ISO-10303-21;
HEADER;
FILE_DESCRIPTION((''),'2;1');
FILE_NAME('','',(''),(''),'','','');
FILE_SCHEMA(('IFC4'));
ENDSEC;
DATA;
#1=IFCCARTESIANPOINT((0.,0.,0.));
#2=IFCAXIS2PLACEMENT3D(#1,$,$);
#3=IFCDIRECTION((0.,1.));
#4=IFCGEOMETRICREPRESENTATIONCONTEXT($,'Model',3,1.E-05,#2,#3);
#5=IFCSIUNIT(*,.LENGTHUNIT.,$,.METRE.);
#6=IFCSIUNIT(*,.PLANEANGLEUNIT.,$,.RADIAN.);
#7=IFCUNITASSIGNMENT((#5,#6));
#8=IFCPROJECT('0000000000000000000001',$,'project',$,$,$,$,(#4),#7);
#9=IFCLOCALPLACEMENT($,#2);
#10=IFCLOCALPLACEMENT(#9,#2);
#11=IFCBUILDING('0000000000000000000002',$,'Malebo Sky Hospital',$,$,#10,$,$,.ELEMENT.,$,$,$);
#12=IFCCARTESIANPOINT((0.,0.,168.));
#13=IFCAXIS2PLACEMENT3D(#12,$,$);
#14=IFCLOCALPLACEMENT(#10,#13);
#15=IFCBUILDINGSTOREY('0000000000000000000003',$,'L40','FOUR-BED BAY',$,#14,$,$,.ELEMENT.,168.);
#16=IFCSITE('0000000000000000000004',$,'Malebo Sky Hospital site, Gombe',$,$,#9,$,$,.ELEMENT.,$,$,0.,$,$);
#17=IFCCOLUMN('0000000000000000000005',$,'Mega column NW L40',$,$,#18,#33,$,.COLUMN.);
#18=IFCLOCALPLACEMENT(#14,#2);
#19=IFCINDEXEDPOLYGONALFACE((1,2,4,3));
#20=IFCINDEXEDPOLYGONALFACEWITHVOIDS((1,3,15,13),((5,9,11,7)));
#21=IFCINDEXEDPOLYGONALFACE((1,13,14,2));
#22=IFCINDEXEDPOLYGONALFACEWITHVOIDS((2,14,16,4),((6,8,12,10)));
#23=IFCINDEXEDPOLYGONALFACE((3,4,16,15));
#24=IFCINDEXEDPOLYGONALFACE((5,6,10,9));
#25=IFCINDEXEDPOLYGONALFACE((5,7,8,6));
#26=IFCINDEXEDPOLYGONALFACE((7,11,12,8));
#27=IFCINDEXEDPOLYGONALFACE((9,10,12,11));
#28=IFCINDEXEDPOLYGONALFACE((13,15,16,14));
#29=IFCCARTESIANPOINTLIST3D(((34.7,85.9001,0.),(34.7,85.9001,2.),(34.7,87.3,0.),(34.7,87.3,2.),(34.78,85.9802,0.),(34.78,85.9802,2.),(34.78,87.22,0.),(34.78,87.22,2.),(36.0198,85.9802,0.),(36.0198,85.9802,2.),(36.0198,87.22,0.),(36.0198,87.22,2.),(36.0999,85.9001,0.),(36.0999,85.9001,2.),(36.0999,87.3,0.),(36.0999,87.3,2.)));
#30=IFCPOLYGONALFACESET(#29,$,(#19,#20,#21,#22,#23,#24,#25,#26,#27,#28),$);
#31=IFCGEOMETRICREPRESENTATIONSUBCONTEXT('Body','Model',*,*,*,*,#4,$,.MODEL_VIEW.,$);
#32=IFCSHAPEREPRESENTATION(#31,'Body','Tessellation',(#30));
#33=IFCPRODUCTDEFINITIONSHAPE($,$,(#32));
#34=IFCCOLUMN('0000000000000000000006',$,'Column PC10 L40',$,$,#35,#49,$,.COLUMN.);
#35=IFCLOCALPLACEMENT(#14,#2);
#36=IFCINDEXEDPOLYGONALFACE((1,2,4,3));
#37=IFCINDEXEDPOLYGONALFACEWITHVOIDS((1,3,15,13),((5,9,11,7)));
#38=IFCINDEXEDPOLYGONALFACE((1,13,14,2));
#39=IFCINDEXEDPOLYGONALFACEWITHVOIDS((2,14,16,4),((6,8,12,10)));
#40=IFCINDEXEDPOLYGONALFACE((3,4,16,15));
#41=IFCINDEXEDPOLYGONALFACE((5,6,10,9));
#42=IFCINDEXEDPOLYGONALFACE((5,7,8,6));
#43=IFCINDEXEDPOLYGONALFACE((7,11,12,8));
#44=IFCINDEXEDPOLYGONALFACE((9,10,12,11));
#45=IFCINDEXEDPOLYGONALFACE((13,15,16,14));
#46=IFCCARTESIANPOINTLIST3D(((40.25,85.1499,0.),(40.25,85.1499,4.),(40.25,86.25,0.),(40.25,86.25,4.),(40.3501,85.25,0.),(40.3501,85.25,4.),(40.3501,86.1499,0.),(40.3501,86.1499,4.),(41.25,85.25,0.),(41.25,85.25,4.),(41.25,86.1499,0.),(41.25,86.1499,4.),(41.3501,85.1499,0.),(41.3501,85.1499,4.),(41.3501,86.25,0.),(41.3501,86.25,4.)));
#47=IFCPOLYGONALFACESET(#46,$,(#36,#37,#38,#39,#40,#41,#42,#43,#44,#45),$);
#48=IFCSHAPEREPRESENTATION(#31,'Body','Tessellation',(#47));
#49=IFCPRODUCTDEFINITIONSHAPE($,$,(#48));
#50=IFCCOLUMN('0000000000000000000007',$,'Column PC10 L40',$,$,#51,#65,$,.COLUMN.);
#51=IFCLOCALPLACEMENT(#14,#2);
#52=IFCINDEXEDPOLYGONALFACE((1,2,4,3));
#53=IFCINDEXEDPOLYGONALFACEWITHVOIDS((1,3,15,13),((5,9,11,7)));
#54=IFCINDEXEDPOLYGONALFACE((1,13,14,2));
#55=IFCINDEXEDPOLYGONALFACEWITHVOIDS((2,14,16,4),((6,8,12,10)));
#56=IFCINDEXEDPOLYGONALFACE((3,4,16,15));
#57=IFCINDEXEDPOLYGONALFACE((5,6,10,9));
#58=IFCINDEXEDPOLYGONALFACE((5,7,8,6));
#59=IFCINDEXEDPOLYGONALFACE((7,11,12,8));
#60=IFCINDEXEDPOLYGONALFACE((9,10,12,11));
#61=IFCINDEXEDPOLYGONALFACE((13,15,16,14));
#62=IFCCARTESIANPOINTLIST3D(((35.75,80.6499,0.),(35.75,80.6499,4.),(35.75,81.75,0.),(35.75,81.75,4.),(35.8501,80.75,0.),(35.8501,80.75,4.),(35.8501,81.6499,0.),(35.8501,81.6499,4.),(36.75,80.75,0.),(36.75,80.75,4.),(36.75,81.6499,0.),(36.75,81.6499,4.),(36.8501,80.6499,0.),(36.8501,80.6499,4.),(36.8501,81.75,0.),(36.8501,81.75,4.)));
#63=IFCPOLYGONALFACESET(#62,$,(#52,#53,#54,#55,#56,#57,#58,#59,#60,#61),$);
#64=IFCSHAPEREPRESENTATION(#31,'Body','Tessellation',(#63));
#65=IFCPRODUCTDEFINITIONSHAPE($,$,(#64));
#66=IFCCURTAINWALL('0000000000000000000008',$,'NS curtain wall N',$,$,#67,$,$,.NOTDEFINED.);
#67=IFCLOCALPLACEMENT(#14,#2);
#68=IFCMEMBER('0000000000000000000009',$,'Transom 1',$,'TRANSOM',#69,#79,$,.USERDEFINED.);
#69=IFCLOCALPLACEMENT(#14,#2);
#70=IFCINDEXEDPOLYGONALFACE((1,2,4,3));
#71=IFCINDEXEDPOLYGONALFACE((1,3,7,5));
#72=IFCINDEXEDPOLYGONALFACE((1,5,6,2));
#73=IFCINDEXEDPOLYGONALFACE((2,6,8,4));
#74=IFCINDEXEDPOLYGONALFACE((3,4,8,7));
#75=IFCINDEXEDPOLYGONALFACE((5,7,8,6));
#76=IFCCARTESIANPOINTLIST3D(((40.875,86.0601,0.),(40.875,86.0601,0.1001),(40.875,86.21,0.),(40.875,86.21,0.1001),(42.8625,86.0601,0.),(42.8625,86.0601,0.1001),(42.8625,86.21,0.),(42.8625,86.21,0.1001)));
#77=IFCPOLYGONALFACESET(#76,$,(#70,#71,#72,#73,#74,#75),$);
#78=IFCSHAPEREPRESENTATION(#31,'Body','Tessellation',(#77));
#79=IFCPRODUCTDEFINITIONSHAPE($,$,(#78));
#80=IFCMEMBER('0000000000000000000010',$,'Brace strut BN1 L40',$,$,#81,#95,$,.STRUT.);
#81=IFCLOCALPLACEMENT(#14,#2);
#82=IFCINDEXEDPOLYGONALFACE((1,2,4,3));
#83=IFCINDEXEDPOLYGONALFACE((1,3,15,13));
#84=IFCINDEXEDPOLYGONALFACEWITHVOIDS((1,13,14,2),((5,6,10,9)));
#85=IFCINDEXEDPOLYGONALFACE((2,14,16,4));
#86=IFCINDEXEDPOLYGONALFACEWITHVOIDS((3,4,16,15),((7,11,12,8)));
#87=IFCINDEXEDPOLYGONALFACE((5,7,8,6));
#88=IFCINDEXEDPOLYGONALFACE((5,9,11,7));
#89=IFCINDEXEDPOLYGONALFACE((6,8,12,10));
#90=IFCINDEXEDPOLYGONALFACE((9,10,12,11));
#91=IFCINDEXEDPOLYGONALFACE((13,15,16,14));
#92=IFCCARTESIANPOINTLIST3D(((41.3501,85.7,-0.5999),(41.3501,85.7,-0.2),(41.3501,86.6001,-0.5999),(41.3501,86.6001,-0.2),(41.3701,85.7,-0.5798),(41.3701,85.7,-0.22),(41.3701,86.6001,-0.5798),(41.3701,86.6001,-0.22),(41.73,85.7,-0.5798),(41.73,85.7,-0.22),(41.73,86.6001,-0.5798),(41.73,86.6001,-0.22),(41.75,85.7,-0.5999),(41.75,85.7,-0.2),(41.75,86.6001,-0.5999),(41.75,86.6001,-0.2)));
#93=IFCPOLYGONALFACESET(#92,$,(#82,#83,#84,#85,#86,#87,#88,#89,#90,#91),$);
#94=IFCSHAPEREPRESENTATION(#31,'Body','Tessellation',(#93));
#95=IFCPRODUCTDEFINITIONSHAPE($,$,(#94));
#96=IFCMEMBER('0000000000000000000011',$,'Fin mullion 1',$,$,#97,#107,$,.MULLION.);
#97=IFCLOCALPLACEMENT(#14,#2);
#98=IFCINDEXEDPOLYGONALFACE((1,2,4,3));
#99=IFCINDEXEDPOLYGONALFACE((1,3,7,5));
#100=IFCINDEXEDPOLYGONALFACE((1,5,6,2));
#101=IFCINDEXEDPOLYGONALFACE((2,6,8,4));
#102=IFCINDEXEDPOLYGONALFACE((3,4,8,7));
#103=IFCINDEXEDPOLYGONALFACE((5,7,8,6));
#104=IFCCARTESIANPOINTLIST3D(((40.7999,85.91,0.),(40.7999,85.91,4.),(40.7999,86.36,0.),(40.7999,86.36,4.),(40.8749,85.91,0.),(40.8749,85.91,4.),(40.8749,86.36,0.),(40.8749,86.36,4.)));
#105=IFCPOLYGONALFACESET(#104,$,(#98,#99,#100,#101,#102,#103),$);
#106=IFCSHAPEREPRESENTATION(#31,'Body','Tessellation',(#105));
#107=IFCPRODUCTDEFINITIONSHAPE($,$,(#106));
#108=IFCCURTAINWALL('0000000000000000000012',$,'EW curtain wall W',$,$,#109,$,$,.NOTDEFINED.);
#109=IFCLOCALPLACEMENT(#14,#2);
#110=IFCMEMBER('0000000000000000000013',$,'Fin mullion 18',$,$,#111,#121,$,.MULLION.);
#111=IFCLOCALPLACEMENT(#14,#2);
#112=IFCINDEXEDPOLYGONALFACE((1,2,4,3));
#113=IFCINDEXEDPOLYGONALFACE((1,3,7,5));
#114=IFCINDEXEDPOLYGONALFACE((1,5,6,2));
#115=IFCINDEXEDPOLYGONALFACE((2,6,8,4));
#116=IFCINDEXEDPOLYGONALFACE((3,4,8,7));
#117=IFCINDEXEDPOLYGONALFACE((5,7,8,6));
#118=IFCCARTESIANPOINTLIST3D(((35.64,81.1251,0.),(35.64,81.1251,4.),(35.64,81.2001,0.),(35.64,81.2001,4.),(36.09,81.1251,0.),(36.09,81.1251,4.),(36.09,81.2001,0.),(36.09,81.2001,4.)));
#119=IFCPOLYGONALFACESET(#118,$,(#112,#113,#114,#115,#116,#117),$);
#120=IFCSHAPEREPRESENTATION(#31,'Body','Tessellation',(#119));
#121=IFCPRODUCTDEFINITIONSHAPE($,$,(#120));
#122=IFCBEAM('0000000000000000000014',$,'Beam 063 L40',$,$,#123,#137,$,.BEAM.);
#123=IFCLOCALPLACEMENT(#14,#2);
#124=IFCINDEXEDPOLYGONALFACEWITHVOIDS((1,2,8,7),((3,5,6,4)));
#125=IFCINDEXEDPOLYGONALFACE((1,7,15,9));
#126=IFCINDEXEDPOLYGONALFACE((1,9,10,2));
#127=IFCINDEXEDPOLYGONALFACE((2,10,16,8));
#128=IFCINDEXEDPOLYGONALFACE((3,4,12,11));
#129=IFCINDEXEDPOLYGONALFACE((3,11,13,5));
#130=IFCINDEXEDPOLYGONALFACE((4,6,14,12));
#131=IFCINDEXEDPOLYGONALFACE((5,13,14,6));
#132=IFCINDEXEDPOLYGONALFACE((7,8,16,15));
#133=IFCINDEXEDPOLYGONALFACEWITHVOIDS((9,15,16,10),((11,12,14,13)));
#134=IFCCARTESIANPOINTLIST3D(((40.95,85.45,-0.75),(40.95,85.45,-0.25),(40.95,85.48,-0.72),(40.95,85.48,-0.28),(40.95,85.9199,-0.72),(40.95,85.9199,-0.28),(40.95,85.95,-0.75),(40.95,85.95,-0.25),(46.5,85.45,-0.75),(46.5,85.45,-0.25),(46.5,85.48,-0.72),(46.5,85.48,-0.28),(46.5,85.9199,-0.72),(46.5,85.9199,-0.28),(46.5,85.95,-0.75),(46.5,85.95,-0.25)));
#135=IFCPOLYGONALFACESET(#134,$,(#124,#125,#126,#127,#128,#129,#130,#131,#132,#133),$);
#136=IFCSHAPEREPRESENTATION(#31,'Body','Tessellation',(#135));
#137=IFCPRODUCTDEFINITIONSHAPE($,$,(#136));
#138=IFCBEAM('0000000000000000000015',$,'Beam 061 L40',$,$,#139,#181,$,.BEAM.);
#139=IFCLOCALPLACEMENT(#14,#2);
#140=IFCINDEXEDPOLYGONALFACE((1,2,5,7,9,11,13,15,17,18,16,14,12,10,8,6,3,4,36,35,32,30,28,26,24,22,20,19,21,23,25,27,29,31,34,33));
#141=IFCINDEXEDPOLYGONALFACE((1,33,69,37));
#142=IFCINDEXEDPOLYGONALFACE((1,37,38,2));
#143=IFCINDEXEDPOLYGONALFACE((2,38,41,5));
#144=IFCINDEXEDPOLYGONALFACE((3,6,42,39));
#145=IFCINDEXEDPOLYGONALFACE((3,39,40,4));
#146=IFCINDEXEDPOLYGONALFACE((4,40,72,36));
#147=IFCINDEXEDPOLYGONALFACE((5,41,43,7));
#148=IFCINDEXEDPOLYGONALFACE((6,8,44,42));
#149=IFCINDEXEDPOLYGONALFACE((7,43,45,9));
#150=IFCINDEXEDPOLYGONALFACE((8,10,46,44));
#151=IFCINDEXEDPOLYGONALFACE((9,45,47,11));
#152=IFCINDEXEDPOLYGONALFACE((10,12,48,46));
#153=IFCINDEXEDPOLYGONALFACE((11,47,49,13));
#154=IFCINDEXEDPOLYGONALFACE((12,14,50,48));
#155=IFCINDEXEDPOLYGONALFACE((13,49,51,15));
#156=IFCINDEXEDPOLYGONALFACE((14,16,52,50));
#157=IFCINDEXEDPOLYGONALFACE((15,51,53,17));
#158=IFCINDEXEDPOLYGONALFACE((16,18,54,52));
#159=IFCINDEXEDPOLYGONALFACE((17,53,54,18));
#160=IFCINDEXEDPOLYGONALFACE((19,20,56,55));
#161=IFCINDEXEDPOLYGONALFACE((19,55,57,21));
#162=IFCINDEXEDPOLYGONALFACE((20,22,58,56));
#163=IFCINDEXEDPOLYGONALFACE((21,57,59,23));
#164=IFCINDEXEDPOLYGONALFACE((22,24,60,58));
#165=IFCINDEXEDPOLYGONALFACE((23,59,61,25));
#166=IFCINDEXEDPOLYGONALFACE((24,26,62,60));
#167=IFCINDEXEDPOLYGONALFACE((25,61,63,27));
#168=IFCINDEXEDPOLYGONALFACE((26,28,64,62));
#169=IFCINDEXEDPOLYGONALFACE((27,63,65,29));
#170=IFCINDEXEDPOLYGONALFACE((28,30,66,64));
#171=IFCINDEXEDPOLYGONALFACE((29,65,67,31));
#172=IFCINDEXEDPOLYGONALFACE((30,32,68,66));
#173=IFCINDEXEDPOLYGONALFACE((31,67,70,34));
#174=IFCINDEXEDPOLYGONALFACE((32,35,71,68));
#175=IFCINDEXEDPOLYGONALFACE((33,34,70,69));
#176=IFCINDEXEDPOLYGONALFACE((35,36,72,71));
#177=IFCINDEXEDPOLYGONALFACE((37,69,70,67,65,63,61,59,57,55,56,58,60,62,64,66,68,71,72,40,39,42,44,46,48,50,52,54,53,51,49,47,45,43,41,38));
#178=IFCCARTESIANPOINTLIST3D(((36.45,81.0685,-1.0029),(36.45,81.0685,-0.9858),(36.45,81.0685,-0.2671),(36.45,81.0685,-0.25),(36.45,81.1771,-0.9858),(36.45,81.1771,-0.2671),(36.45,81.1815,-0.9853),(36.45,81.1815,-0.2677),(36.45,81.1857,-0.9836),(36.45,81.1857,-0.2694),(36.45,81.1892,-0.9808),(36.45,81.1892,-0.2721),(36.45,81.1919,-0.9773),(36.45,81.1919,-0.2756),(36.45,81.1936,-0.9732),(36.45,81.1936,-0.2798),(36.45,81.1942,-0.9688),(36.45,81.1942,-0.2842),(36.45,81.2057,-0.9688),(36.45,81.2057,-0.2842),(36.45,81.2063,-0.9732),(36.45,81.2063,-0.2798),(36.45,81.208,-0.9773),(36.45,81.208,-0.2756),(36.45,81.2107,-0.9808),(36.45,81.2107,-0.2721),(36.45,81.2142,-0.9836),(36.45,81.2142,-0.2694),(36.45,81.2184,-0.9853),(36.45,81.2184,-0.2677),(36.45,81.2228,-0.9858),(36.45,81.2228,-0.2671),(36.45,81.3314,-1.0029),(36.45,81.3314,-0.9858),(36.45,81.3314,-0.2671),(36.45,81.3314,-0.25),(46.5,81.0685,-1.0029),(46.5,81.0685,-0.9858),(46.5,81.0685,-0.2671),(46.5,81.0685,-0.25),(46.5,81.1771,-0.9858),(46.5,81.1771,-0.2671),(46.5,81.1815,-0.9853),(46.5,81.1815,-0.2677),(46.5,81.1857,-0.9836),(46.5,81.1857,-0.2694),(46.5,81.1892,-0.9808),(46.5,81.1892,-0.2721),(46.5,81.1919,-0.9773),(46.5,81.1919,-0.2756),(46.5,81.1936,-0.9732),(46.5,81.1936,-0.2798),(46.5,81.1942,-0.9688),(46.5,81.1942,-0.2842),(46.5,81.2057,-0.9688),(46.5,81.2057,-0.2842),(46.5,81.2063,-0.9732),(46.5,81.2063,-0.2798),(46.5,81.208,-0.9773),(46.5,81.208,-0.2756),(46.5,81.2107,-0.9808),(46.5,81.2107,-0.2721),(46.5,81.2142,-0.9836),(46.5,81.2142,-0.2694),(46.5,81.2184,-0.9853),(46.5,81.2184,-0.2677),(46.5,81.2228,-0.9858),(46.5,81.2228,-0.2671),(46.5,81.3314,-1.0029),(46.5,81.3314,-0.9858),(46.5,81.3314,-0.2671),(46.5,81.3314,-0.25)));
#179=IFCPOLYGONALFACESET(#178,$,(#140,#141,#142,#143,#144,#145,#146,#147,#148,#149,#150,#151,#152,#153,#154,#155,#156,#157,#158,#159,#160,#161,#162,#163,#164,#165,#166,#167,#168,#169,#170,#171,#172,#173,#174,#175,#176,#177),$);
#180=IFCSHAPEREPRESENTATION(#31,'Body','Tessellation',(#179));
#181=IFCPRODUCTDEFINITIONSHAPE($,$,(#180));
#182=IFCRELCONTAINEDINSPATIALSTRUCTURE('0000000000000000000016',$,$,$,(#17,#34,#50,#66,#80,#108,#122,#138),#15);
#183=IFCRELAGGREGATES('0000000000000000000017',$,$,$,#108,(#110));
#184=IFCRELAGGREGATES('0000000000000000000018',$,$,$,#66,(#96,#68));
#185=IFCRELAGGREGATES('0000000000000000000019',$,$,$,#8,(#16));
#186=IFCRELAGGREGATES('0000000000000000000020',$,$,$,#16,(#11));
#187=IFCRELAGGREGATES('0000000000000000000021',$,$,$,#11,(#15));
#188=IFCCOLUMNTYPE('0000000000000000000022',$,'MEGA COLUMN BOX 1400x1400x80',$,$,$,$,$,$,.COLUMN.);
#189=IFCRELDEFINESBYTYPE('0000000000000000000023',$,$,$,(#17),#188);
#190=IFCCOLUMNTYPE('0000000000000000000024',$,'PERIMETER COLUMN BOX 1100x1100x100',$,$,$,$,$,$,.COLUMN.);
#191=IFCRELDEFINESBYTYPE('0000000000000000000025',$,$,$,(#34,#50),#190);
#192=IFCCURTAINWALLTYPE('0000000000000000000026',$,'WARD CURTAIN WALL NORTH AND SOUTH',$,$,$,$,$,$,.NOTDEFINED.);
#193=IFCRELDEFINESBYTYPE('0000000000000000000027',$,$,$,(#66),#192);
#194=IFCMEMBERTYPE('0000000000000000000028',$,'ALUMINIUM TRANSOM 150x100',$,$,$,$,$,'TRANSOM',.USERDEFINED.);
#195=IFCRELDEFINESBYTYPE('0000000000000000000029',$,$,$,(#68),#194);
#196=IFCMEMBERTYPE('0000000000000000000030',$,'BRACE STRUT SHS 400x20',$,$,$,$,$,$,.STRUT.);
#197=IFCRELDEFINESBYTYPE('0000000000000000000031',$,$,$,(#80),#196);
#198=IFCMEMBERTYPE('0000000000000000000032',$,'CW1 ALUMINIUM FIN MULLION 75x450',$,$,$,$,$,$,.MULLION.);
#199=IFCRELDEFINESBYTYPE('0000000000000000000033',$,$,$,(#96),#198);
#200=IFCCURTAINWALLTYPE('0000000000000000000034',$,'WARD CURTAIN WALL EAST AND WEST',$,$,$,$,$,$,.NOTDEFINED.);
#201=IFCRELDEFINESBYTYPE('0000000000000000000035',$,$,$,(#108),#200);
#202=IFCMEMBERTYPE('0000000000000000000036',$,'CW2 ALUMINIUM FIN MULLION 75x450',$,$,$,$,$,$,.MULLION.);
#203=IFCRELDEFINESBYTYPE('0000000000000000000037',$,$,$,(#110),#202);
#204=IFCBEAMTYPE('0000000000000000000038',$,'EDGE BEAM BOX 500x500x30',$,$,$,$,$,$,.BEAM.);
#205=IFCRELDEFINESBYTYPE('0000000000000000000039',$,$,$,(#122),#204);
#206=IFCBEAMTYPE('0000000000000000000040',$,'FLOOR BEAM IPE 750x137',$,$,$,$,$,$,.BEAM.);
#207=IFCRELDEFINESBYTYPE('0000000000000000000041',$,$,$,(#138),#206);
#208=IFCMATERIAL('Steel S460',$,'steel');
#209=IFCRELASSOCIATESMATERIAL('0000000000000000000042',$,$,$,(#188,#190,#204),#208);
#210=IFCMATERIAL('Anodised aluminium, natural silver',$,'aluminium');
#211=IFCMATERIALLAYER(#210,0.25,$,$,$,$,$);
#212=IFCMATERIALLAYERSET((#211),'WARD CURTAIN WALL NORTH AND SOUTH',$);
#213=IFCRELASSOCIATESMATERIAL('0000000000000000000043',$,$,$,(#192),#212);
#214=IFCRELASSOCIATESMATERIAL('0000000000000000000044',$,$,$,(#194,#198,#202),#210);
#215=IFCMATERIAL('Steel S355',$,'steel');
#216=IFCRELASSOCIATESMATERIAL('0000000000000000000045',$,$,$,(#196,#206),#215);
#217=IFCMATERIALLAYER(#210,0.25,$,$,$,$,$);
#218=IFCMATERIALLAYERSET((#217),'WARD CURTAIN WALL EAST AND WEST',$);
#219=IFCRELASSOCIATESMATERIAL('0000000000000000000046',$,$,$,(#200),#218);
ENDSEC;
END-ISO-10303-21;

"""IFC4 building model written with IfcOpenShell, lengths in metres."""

from ifc_helpers import new_model, si_unit, direction, frame, origin, origin_2d, place, context, subcontext, project, spatial, rectangle, hollow_rectangle, i_section, extrude, material, layer, layer_set, material_profile, profile_set, type_object, element, aggregate, save


model = new_model("IFC4")

# Units and contexts
model_context = context("Model", 3, precision=1e-05, world=origin(), true_north=direction((0.0, 1.0)))
body_context = subcontext(model_context, "Body", "Model", "MODEL_VIEW")
ifc_project = project(units=[si_unit("LENGTHUNIT", "METRE"), si_unit("PLANEANGLEUNIT", "RADIAN")], contexts=[model_context])

# Site, building, storey
site_placement = place(None, origin())
site = spatial("IfcSite", under=ifc_project, at=site_placement, Name="Malebo Sky Hospital site, Gombe", CompositionType="ELEMENT", RefElevation=0.0)
building_placement = place(site_placement, origin())
building = spatial("IfcBuilding", under=site, at=building_placement, Name="Malebo Sky Hospital", CompositionType="ELEMENT")
storey_placement = place(building_placement, frame((0.0, 0.0, 168.0)))
storey = spatial("IfcBuildingStorey", under=building, at=storey_placement, Name="L40", Description="FOUR-BED BAY", CompositionType="ELEMENT", Elevation=168.0)

# Columns
ifc_material_1 = material(Name="Steel S460", Category="steel")
ifc_material_profile_1 = material_profile(ifc_material_1, hollow_rectangle(XDim=1.3999, YDim=1.3999, WallThickness=0.0801, at=origin_2d()), Name="BOX 1400x1400x80")
ifc_profile_set_1 = profile_set([ifc_material_profile_1], Name="Steel S460")
column_type_1 = type_object("IfcColumnType", Name="MEGA COLUMN BOX 1400x1400x80", PredefinedType="COLUMN", material=ifc_profile_set_1)
column_placement = place(storey_placement, frame((35.3999, 86.6001, 0.0), z_axis=(0.0, 0.0, 1.0), x_axis=(1.0, 0.0, 0.0)))
element("IfcColumn", 1, at=column_placement, inside=storey, type_object=column_type_1, Name="Mega column NW L40", PredefinedType="COLUMN", context=body_context, shape_type="SweptSolid", body=[
    extrude(hollow_rectangle(XDim=1.3999, YDim=1.3999, WallThickness=0.0801, at=origin_2d()), origin(), (0.0, 0.0, 1.0), 2.0),
])
ifc_material_profile_2 = material_profile(ifc_material_1, hollow_rectangle(XDim=1.1001, YDim=1.1001, WallThickness=0.1001, at=origin_2d()), Name="BOX 1100x1100x100")
ifc_profile_set_2 = profile_set([ifc_material_profile_2], Name="Steel S460")
column_type_2 = type_object("IfcColumnType", Name="PERIMETER COLUMN BOX 1100x1100x100", PredefinedType="COLUMN", material=ifc_profile_set_2)
for number, where, z_axis, x_axis, name in (
    (2, (40.8, 85.7, 0.0), (0.0, 0.0, 1.0), (1.0, 0.0, 0.0), "Column PC10 L40"),
    (3, (36.3, 81.2, 0.0), (0.0, 0.0, 1.0), (1.0, 0.0, 0.0), "Column PC10 L40"),
):
    element("IfcColumn", number, at=place(storey_placement, frame(where, z_axis=z_axis, x_axis=x_axis)), inside=storey, type_object=column_type_2, Name=name, PredefinedType="COLUMN", context=body_context, shape_type="SweptSolid", body=[
        extrude(hollow_rectangle(XDim=1.1001, YDim=1.1001, WallThickness=0.1001, at=origin_2d()), origin(), (0.0, 0.0, 1.0), 4.0),
    ])

# Curtain wall, member
ifc_material_2 = material(Name="Anodised aluminium, natural silver", Category="aluminium")
ifc_layer_1 = layer(ifc_material_2, 0.25)
ifc_layer_set_1 = layer_set([ifc_layer_1], Name="WARD CURTAIN WALL NORTH AND SOUTH")
curtain_wall_type_1 = type_object("IfcCurtainWallType", Name="WARD CURTAIN WALL NORTH AND SOUTH", PredefinedType="NOTDEFINED", material=ifc_layer_set_1)
curtain_wall_1_placement = place(storey_placement, origin())
curtain_wall_1 = element("IfcCurtainWall", 4, at=curtain_wall_1_placement, inside=storey, type_object=curtain_wall_type_1, Name="NS curtain wall N", PredefinedType="NOTDEFINED")
ifc_material_profile_3 = material_profile(ifc_material_2, rectangle(XDim=0.1499, YDim=0.1001, at=origin_2d()), Name="ALUMINIUM TRANSOM 150x100")
ifc_profile_set_3 = profile_set([ifc_material_profile_3], Name="Anodised aluminium, natural silver")
member_type_1 = type_object("IfcMemberType", Name="ALUMINIUM TRANSOM 150x100", ElementType="TRANSOM", PredefinedType="USERDEFINED", material=ifc_profile_set_3)
member_1_placement = place(storey_placement, frame((40.875, 86.135, 0.05), z_axis=(1.0, 0.0, 0.0), x_axis=(0.0, 1.0, 0.0)))
member_1 = element("IfcMember", 5, at=member_1_placement, type_object=member_type_1, Name="Transom 1", ObjectType="TRANSOM", PredefinedType="USERDEFINED", context=body_context, shape_type="SweptSolid", body=[
    extrude(rectangle(XDim=0.1499, YDim=0.1001, at=origin_2d()), origin(), (0.0, 0.0, 1.0), 1.9875),
])

# Members
ifc_material_3 = material(Name="Steel S355", Category="steel")
ifc_material_profile_4 = material_profile(ifc_material_3, hollow_rectangle(XDim=0.3999, YDim=0.3999, WallThickness=0.02, at=origin_2d()), Name="SHS 400x20")
ifc_profile_set_4 = profile_set([ifc_material_profile_4], Name="Steel S355")
member_type_2 = type_object("IfcMemberType", Name="BRACE STRUT SHS 400x20", PredefinedType="STRUT", material=ifc_profile_set_4)
member_2_placement = place(storey_placement, frame((41.55, 86.6001, -0.3999), z_axis=(0.0, -1.0, 0.0), x_axis=(1.0, 0.0, 0.0)))
element("IfcMember", 6, at=member_2_placement, inside=storey, type_object=member_type_2, Name="Brace strut BN1 L40", PredefinedType="STRUT", context=body_context, shape_type="SweptSolid", body=[
    extrude(hollow_rectangle(XDim=0.3999, YDim=0.3999, WallThickness=0.02, at=origin_2d()), origin(), (0.0, 0.0, 1.0), 0.9001),
])
ifc_material_profile_5 = material_profile(ifc_material_2, rectangle(XDim=0.075, YDim=0.45, at=origin_2d()), Name="CW1 ALUMINIUM FIN MULLION 75x450")
ifc_profile_set_5 = profile_set([ifc_material_profile_5], Name="Anodised aluminium, natural silver")
member_type_3 = type_object("IfcMemberType", Name="CW1 ALUMINIUM FIN MULLION 75x450", PredefinedType="MULLION", material=ifc_profile_set_5)
member_3_placement = place(storey_placement, frame((40.8374, 86.135, 0.0), z_axis=(0.0, 0.0, 1.0), x_axis=(1.0, 0.0, 0.0)))
member_3 = element("IfcMember", 7, at=member_3_placement, type_object=member_type_3, Name="Fin mullion 1", PredefinedType="MULLION", context=body_context, shape_type="SweptSolid", body=[
    extrude(rectangle(XDim=0.075, YDim=0.45, at=origin_2d()), origin(), (0.0, 0.0, 1.0), 4.0),
])

# Curtain wall, member
ifc_layer_2 = layer(ifc_material_2, 0.25)
ifc_layer_set_2 = layer_set([ifc_layer_2], Name="WARD CURTAIN WALL EAST AND WEST")
curtain_wall_type_2 = type_object("IfcCurtainWallType", Name="WARD CURTAIN WALL EAST AND WEST", PredefinedType="NOTDEFINED", material=ifc_layer_set_2)
curtain_wall_2_placement = place(storey_placement, origin())
curtain_wall_2 = element("IfcCurtainWall", 8, at=curtain_wall_2_placement, inside=storey, type_object=curtain_wall_type_2, Name="EW curtain wall W", PredefinedType="NOTDEFINED")
ifc_material_profile_6 = material_profile(ifc_material_2, rectangle(XDim=0.075, YDim=0.45, at=origin_2d()), Name="CW2 ALUMINIUM FIN MULLION 75x450")
ifc_profile_set_6 = profile_set([ifc_material_profile_6], Name="Anodised aluminium, natural silver")
member_type_4 = type_object("IfcMemberType", Name="CW2 ALUMINIUM FIN MULLION 75x450", PredefinedType="MULLION", material=ifc_profile_set_6)
member_4_placement = place(storey_placement, frame((35.865, 81.1626, 0.0), z_axis=(0.0, 0.0, 1.0), x_axis=(0.0, 1.0, 0.0)))
member_4 = element("IfcMember", 9, at=member_4_placement, type_object=member_type_4, Name="Fin mullion 18", PredefinedType="MULLION", context=body_context, shape_type="SweptSolid", body=[
    extrude(rectangle(XDim=0.075, YDim=0.45, at=origin_2d()), origin(), (0.0, 0.0, 1.0), 4.0),
])
aggregate(curtain_wall_2, [member_4])

# Beams
ifc_material_profile_7 = material_profile(ifc_material_1, hollow_rectangle(XDim=0.5, YDim=0.5, WallThickness=0.03, at=origin_2d()), Name="BOX 500x500x30")
ifc_profile_set_7 = profile_set([ifc_material_profile_7], Name="Steel S460")
beam_type_1 = type_object("IfcBeamType", Name="EDGE BEAM BOX 500x500x30", PredefinedType="BEAM", material=ifc_profile_set_7)
beam_1_placement = place(storey_placement, frame((40.95, 85.7, -0.5), z_axis=(1.0, 0.0, 0.0), x_axis=(0.0, 1.0, 0.0)))
element("IfcBeam", 10, at=beam_1_placement, inside=storey, type_object=beam_type_1, Name="Beam 063 L40", PredefinedType="BEAM", context=body_context, shape_type="SweptSolid", body=[
    extrude(hollow_rectangle(XDim=0.5, YDim=0.5, WallThickness=0.03, at=origin_2d()), origin(), (0.0, 0.0, 1.0), 5.55),
])
ifc_material_profile_8 = material_profile(ifc_material_3, i_section(OverallWidth=0.2629, OverallDepth=0.7529, WebThickness=0.0115, FlangeThickness=0.0171, FilletRadius=0.0171, at=origin_2d()), Name="IPE 750x137")
ifc_profile_set_8 = profile_set([ifc_material_profile_8], Name="Steel S355")
beam_type_2 = type_object("IfcBeamType", Name="FLOOR BEAM IPE 750x137", PredefinedType="BEAM", material=ifc_profile_set_8)
beam_2_placement = place(storey_placement, frame((36.45, 81.2, -0.6265), z_axis=(1.0, 0.0, 0.0), x_axis=(0.0, 1.0, 0.0)))
element("IfcBeam", 11, at=beam_2_placement, inside=storey, type_object=beam_type_2, Name="Beam 061 L40", PredefinedType="BEAM", context=body_context, shape_type="SweptSolid", body=[
    extrude(i_section(OverallWidth=0.2629, OverallDepth=0.7529, WebThickness=0.0115, FlangeThickness=0.0171, FilletRadius=0.0171, at=origin_2d()), origin(), (0.0, 0.0, 1.0), 10.05),
])

aggregate(curtain_wall_1, [member_3, member_1])

save(model, "model.ifc")
